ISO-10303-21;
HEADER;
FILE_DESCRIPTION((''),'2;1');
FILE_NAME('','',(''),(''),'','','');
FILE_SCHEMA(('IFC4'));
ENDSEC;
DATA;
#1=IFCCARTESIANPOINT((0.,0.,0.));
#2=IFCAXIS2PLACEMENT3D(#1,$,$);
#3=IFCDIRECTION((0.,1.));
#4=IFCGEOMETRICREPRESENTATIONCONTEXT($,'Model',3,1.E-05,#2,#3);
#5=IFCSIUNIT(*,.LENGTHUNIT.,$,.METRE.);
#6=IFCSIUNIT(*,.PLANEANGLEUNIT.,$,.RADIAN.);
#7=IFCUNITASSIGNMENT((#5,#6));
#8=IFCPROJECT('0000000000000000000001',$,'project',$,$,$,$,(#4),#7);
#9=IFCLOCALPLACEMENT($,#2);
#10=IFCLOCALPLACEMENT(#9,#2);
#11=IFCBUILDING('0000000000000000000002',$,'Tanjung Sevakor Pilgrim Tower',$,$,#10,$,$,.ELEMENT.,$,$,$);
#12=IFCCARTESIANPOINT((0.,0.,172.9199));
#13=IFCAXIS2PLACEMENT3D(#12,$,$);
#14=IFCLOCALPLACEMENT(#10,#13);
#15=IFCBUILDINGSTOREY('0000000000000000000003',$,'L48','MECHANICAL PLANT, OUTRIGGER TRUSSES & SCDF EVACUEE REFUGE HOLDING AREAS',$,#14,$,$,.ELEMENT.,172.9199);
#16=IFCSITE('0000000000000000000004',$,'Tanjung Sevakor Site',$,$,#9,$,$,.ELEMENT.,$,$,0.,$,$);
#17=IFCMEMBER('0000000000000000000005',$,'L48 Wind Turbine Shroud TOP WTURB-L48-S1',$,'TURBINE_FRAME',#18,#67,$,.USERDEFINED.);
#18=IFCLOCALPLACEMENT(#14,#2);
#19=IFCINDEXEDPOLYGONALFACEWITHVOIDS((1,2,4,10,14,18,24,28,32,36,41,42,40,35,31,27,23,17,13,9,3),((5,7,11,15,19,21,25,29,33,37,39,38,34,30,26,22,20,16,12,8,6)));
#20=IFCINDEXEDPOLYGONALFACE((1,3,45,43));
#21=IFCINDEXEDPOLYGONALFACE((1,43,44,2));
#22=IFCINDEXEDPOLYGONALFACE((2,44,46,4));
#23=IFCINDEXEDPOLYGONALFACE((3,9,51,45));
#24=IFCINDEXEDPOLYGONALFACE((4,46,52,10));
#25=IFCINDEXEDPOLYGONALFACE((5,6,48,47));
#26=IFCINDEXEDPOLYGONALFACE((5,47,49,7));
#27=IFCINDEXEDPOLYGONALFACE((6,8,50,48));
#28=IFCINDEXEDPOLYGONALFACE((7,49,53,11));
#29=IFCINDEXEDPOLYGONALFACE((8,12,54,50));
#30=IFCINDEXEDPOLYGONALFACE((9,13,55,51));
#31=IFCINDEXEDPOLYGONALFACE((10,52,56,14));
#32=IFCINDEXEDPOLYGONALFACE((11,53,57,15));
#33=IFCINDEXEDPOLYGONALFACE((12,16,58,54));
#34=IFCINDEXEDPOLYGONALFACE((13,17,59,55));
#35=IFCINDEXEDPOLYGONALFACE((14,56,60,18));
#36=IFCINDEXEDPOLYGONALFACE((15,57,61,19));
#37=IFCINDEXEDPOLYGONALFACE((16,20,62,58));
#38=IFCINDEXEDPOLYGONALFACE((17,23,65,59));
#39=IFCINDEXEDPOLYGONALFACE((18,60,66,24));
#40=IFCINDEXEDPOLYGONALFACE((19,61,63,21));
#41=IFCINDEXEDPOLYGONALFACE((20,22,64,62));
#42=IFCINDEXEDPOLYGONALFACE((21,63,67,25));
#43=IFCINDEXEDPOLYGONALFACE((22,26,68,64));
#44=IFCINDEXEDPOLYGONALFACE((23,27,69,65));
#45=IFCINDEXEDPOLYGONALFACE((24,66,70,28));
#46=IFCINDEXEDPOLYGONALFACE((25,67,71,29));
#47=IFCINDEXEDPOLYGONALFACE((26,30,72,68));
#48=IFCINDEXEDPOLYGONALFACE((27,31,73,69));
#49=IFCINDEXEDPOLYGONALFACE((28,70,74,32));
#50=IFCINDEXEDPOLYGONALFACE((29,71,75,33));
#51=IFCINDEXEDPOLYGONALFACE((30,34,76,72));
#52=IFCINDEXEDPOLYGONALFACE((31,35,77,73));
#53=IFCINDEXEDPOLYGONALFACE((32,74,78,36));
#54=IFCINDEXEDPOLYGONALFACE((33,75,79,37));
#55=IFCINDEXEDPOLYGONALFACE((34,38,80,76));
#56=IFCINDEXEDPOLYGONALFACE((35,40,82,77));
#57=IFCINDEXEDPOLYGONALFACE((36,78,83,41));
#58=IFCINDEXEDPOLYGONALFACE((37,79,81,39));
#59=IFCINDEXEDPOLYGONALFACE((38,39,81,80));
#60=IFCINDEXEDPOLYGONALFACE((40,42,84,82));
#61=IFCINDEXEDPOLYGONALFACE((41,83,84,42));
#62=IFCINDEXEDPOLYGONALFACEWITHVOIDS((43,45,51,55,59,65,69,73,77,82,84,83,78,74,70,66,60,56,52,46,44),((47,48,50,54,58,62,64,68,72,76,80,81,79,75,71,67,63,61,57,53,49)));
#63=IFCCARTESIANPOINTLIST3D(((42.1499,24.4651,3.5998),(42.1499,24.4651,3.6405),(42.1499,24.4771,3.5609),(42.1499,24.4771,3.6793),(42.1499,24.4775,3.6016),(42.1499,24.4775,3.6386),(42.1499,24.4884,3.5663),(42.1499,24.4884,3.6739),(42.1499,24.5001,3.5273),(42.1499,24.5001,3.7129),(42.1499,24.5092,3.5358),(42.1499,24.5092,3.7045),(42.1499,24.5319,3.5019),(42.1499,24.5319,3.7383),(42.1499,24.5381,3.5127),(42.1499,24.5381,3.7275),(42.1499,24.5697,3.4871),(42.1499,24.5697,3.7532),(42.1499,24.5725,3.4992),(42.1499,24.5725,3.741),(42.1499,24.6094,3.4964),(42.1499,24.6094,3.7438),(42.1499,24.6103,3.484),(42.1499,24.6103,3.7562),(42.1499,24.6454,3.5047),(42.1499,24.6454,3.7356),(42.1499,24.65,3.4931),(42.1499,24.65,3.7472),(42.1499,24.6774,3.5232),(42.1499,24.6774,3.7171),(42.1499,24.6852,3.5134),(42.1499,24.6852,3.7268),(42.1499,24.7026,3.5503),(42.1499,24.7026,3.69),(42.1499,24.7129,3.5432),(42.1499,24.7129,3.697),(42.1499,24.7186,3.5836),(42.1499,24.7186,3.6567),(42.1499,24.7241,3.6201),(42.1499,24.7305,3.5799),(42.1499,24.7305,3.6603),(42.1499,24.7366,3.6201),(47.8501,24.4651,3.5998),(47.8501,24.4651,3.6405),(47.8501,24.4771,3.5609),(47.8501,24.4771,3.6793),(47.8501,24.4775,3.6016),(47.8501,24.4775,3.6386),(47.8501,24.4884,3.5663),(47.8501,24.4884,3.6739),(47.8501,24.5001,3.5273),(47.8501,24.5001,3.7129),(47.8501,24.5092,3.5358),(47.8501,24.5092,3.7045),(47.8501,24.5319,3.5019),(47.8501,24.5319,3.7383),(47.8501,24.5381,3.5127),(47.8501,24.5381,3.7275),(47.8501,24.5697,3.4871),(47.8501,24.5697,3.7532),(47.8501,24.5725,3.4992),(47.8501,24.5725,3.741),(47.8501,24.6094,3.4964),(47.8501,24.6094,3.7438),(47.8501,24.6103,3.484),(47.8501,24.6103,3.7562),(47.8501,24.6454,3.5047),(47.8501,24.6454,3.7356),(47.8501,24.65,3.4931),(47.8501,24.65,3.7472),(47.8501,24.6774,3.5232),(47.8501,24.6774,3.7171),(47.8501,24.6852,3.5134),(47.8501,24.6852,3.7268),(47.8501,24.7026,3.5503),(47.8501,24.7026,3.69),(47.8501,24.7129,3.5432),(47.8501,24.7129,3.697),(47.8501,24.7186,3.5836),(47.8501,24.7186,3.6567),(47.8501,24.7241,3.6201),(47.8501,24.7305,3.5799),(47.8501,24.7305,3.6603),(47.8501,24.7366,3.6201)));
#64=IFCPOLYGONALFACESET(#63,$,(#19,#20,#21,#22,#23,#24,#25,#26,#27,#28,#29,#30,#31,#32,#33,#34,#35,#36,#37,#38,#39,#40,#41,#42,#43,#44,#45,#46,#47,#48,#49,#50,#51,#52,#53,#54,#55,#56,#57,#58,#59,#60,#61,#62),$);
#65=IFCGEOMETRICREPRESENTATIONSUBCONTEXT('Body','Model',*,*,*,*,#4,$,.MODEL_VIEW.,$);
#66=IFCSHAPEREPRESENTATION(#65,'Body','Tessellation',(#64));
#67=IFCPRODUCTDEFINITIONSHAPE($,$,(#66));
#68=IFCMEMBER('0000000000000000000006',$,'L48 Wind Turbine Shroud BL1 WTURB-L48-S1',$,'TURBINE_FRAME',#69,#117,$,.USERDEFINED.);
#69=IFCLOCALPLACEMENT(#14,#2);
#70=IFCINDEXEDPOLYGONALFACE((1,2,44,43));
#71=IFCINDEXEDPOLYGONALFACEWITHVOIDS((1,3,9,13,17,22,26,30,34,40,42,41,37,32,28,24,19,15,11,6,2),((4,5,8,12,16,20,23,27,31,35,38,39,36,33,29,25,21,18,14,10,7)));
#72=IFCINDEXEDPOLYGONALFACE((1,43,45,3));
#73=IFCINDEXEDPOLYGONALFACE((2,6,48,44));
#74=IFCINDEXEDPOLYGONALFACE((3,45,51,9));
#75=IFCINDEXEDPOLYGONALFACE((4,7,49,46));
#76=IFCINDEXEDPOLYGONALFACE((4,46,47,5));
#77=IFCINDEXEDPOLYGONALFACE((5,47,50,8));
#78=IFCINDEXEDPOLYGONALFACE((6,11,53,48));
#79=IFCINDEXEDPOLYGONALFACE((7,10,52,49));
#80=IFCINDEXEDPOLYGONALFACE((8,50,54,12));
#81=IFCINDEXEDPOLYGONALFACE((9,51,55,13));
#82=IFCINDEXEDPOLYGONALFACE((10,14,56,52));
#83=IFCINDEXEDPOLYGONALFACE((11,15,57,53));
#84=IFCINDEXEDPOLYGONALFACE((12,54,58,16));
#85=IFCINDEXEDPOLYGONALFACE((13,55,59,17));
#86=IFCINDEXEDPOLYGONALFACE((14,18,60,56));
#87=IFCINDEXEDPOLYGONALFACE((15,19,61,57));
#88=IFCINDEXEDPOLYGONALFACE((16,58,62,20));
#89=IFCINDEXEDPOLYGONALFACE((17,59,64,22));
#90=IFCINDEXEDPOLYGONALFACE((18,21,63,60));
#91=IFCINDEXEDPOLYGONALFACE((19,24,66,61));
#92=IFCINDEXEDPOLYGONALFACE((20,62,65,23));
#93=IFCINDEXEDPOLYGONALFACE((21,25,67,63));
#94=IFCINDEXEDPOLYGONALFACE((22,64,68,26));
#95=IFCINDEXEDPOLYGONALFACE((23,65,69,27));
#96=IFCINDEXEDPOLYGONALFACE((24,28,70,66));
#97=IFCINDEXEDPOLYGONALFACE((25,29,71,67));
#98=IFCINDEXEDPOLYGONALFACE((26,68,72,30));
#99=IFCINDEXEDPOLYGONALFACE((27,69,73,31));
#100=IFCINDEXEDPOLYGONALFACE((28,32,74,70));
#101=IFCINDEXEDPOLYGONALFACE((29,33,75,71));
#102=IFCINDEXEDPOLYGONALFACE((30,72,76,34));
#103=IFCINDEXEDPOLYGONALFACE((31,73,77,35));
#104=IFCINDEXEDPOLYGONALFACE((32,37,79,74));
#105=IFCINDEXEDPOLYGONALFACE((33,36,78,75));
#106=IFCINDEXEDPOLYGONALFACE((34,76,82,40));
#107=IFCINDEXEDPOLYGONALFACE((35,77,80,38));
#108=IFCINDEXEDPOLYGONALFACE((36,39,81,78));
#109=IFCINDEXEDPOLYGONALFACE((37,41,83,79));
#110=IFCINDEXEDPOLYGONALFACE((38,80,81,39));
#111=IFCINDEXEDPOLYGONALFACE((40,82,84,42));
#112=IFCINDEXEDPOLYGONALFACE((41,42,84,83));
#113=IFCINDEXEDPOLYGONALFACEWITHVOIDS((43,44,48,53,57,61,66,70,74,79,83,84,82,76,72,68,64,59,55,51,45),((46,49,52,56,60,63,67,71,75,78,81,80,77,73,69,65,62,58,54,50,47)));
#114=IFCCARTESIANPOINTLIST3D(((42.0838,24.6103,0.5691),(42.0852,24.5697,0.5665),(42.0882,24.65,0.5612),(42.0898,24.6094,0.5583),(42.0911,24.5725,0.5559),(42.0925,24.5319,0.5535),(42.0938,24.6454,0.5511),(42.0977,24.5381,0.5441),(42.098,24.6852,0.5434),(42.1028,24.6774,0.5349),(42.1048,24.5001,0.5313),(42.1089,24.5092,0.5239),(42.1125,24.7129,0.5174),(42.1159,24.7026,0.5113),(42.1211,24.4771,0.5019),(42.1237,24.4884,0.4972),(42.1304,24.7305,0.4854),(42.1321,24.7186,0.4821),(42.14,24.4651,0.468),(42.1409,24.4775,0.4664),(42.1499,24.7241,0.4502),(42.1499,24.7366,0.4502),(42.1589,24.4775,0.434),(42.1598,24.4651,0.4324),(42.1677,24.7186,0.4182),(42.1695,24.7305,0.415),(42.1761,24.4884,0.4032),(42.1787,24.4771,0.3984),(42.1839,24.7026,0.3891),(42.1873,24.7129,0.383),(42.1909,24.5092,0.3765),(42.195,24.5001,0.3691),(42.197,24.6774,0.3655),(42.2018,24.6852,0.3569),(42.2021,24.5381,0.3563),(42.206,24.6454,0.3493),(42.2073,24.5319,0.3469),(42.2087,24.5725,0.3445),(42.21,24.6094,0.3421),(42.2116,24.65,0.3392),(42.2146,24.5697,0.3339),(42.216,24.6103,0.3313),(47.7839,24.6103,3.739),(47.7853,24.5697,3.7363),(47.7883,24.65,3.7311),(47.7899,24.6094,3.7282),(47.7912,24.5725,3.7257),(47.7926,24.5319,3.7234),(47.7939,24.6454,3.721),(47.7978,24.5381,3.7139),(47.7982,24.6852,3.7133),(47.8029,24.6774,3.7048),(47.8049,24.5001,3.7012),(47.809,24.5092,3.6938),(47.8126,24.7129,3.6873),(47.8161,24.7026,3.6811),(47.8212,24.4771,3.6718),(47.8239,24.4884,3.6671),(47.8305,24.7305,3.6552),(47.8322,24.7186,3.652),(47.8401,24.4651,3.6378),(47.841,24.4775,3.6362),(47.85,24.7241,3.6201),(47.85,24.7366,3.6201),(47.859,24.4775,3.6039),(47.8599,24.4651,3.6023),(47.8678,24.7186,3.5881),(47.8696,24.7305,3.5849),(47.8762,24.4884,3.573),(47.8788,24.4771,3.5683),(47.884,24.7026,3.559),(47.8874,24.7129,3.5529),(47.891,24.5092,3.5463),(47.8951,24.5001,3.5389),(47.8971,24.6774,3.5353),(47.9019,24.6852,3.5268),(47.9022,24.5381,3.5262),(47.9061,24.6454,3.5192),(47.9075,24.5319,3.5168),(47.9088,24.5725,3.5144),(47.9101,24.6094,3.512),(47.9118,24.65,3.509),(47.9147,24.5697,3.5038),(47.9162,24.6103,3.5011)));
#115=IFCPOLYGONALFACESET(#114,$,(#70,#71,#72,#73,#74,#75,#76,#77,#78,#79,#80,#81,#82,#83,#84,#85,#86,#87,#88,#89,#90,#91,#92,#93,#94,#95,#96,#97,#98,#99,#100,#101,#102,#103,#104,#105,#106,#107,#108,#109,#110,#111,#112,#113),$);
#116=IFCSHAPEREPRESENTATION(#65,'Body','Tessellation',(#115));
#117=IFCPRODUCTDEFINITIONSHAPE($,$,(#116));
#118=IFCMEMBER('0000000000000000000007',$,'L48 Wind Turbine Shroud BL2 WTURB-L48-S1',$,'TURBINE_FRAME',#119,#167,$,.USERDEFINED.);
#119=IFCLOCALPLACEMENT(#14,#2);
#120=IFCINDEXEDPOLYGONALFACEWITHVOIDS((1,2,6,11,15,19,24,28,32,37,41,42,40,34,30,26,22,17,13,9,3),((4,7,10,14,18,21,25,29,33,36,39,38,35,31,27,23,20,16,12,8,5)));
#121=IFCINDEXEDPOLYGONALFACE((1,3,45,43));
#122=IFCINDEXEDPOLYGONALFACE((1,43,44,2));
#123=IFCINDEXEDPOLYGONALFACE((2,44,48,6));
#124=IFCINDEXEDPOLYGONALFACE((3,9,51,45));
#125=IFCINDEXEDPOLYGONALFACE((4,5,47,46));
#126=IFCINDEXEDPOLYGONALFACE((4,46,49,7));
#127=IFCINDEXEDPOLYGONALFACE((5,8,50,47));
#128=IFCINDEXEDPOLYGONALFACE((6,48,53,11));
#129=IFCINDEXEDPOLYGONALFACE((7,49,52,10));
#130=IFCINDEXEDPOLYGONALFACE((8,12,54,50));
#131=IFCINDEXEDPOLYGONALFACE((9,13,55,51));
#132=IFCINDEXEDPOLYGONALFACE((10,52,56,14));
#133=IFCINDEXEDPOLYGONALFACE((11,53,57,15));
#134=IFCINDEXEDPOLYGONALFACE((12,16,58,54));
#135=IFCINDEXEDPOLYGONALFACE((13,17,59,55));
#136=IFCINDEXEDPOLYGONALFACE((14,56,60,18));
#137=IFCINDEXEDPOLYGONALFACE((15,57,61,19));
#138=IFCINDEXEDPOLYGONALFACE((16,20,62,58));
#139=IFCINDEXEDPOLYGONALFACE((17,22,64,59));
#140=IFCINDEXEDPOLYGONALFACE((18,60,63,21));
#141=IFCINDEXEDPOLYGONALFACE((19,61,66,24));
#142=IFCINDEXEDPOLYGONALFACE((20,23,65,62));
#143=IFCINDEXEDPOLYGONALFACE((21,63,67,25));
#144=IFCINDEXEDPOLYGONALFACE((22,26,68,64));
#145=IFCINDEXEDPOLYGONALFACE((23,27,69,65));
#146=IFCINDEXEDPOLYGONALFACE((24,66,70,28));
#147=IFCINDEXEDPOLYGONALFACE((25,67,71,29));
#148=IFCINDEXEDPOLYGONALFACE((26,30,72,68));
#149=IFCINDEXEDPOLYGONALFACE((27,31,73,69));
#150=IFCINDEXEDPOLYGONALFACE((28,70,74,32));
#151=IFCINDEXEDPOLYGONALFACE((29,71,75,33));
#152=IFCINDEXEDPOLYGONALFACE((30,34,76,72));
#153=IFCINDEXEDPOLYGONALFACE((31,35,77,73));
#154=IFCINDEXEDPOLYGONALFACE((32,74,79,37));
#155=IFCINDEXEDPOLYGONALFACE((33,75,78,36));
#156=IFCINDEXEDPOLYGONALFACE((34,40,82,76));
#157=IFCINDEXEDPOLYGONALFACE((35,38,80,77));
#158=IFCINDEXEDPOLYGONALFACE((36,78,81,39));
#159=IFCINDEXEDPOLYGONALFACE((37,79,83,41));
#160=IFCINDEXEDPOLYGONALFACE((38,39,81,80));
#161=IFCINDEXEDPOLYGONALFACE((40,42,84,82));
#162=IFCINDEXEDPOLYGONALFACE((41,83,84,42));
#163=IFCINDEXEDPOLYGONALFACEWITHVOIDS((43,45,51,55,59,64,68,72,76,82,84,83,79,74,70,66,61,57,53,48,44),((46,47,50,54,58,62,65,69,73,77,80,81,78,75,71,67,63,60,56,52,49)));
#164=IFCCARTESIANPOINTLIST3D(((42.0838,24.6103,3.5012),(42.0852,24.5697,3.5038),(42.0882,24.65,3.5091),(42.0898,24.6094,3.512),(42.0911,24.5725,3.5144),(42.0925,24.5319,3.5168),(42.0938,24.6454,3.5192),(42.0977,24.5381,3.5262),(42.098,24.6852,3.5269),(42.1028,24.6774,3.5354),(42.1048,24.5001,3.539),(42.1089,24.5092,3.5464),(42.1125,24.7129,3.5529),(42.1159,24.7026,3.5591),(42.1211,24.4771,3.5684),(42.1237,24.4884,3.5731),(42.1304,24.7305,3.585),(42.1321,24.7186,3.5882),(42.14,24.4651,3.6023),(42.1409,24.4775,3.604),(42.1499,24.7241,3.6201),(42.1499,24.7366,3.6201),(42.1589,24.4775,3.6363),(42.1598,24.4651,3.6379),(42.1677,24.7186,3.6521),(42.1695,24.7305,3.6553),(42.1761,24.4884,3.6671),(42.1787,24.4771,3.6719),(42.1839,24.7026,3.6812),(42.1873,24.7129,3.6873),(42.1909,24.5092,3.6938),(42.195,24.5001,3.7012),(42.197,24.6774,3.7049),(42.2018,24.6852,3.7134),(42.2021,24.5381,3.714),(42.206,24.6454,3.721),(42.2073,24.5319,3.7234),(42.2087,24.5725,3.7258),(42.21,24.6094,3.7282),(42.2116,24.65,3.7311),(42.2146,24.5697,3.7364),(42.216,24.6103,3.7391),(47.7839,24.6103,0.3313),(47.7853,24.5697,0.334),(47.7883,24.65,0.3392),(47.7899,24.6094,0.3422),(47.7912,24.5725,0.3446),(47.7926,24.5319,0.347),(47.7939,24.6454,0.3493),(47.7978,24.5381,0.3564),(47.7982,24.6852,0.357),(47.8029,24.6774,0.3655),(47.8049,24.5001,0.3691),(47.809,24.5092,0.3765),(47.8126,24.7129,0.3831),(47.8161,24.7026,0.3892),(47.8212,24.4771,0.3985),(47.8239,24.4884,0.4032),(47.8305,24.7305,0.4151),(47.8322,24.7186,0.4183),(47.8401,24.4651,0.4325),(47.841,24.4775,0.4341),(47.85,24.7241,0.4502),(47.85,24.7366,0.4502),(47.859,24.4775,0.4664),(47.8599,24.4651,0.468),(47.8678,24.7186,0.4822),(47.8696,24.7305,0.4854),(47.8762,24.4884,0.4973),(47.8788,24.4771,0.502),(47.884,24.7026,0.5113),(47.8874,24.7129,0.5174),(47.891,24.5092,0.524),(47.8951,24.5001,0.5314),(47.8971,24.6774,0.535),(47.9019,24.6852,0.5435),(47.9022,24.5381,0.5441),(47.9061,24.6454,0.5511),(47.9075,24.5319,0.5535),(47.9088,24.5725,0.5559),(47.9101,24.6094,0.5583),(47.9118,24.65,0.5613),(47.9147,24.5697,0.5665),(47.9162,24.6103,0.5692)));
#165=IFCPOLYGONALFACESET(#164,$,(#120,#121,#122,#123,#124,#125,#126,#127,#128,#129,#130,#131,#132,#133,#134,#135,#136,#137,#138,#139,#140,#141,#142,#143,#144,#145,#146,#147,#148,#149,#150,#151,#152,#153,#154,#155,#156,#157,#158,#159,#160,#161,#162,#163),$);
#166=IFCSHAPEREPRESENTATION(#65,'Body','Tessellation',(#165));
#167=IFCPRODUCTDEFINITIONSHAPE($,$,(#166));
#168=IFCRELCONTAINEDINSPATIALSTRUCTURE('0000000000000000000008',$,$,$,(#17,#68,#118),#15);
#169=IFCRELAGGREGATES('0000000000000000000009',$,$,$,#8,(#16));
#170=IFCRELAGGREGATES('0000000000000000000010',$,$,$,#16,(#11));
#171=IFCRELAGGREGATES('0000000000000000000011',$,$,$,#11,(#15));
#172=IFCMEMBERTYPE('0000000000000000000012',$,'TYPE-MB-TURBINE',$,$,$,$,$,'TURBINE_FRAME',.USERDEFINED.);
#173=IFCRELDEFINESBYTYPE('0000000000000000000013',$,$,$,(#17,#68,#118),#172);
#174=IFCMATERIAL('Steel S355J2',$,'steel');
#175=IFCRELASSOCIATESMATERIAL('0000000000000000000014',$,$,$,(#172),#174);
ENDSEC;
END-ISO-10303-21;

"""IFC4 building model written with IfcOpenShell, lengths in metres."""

from ifc_helpers import new_model, si_unit, direction, frame, origin, origin_2d, place, context, subcontext, project, spatial, hollow_circle, extrude, material, material_profile, profile_set, type_object, element, save


model = new_model("IFC4")

# Units and contexts
model_context = context("Model", 3, precision=1e-05, world=origin(), true_north=direction((0.0, 1.0)))
body_context = subcontext(model_context, "Body", "Model", "MODEL_VIEW")
ifc_project = project(units=[si_unit("LENGTHUNIT", "METRE"), si_unit("PLANEANGLEUNIT", "RADIAN")], contexts=[model_context])

# Site, building, storey
site_placement = place(None, origin())
site = spatial("IfcSite", under=ifc_project, at=site_placement, Name="Tanjung Sevakor Site", CompositionType="ELEMENT", RefElevation=0.0)
building_placement = place(site_placement, origin())
building = spatial("IfcBuilding", under=site, at=building_placement, Name="Tanjung Sevakor Pilgrim Tower", CompositionType="ELEMENT")
storey_placement = place(building_placement, frame((0.0, 0.0, 172.9199)))
storey = spatial("IfcBuildingStorey", under=building, at=storey_placement, Name="L48", Description="MECHANICAL PLANT, OUTRIGGER TRUSSES & SCDF EVACUEE REFUGE HOLDING AREAS", CompositionType="ELEMENT", Elevation=172.9199)

# Members
ifc_material_1 = material(Name="Steel S355J2", Category="steel")
ifc_material_profile_1 = material_profile(ifc_material_1, hollow_circle(Radius=0.1365, WallThickness=0.0125, at=origin_2d()))
ifc_profile_set_1 = profile_set([ifc_material_profile_1], Name="Steel S355J2")
member_type = type_object("IfcMemberType", Name="TYPE-MB-TURBINE", ElementType="TURBINE_FRAME", PredefinedType="USERDEFINED", material=ifc_profile_set_1)
for number, where, z_axis, x_axis, name in (
    (1, (42.1499, 24.6001, 3.6201), (1.0, 0.0, 0.0), (0.0, 1.0, 0.0), "L48 Wind Turbine Shroud TOP WTURB-L48-S1"),
):
    element("IfcMember", number, at=place(storey_placement, frame(where, z_axis=z_axis, x_axis=x_axis)), inside=storey, type_object=member_type, Name=name, ObjectType="TURBINE_FRAME", PredefinedType="USERDEFINED", context=body_context, shape_type="SweptSolid", body=[
        extrude(hollow_circle(Radius=0.1365, WallThickness=0.0125, at=origin_2d()), origin(), (0.0, 0.0, 1.0), 5.7002),
    ])
for number, where, z_axis, x_axis, name in (
    (2, (42.1499, 24.6001, 0.4502), (0.873952, 0.0, 0.486012), (0.0, 1.0, 0.0), "L48 Wind Turbine Shroud BL1 WTURB-L48-S1"),
    (3, (42.1499, 24.6001, 3.6201), (0.873952, 0.0, -0.486012), (0.0, 1.0, 0.0), "L48 Wind Turbine Shroud BL2 WTURB-L48-S1"),
):
    element("IfcMember", number, at=place(storey_placement, frame(where, z_axis=z_axis, x_axis=x_axis)), inside=storey, type_object=member_type, Name=name, ObjectType="TURBINE_FRAME", PredefinedType="USERDEFINED", context=body_context, shape_type="SweptSolid", body=[
        extrude(hollow_circle(Radius=0.1365, WallThickness=0.0125, at=origin_2d()), origin(), (0.0, 0.0, 1.0), 6.5222),
    ])

save(model, "model.ifc")
